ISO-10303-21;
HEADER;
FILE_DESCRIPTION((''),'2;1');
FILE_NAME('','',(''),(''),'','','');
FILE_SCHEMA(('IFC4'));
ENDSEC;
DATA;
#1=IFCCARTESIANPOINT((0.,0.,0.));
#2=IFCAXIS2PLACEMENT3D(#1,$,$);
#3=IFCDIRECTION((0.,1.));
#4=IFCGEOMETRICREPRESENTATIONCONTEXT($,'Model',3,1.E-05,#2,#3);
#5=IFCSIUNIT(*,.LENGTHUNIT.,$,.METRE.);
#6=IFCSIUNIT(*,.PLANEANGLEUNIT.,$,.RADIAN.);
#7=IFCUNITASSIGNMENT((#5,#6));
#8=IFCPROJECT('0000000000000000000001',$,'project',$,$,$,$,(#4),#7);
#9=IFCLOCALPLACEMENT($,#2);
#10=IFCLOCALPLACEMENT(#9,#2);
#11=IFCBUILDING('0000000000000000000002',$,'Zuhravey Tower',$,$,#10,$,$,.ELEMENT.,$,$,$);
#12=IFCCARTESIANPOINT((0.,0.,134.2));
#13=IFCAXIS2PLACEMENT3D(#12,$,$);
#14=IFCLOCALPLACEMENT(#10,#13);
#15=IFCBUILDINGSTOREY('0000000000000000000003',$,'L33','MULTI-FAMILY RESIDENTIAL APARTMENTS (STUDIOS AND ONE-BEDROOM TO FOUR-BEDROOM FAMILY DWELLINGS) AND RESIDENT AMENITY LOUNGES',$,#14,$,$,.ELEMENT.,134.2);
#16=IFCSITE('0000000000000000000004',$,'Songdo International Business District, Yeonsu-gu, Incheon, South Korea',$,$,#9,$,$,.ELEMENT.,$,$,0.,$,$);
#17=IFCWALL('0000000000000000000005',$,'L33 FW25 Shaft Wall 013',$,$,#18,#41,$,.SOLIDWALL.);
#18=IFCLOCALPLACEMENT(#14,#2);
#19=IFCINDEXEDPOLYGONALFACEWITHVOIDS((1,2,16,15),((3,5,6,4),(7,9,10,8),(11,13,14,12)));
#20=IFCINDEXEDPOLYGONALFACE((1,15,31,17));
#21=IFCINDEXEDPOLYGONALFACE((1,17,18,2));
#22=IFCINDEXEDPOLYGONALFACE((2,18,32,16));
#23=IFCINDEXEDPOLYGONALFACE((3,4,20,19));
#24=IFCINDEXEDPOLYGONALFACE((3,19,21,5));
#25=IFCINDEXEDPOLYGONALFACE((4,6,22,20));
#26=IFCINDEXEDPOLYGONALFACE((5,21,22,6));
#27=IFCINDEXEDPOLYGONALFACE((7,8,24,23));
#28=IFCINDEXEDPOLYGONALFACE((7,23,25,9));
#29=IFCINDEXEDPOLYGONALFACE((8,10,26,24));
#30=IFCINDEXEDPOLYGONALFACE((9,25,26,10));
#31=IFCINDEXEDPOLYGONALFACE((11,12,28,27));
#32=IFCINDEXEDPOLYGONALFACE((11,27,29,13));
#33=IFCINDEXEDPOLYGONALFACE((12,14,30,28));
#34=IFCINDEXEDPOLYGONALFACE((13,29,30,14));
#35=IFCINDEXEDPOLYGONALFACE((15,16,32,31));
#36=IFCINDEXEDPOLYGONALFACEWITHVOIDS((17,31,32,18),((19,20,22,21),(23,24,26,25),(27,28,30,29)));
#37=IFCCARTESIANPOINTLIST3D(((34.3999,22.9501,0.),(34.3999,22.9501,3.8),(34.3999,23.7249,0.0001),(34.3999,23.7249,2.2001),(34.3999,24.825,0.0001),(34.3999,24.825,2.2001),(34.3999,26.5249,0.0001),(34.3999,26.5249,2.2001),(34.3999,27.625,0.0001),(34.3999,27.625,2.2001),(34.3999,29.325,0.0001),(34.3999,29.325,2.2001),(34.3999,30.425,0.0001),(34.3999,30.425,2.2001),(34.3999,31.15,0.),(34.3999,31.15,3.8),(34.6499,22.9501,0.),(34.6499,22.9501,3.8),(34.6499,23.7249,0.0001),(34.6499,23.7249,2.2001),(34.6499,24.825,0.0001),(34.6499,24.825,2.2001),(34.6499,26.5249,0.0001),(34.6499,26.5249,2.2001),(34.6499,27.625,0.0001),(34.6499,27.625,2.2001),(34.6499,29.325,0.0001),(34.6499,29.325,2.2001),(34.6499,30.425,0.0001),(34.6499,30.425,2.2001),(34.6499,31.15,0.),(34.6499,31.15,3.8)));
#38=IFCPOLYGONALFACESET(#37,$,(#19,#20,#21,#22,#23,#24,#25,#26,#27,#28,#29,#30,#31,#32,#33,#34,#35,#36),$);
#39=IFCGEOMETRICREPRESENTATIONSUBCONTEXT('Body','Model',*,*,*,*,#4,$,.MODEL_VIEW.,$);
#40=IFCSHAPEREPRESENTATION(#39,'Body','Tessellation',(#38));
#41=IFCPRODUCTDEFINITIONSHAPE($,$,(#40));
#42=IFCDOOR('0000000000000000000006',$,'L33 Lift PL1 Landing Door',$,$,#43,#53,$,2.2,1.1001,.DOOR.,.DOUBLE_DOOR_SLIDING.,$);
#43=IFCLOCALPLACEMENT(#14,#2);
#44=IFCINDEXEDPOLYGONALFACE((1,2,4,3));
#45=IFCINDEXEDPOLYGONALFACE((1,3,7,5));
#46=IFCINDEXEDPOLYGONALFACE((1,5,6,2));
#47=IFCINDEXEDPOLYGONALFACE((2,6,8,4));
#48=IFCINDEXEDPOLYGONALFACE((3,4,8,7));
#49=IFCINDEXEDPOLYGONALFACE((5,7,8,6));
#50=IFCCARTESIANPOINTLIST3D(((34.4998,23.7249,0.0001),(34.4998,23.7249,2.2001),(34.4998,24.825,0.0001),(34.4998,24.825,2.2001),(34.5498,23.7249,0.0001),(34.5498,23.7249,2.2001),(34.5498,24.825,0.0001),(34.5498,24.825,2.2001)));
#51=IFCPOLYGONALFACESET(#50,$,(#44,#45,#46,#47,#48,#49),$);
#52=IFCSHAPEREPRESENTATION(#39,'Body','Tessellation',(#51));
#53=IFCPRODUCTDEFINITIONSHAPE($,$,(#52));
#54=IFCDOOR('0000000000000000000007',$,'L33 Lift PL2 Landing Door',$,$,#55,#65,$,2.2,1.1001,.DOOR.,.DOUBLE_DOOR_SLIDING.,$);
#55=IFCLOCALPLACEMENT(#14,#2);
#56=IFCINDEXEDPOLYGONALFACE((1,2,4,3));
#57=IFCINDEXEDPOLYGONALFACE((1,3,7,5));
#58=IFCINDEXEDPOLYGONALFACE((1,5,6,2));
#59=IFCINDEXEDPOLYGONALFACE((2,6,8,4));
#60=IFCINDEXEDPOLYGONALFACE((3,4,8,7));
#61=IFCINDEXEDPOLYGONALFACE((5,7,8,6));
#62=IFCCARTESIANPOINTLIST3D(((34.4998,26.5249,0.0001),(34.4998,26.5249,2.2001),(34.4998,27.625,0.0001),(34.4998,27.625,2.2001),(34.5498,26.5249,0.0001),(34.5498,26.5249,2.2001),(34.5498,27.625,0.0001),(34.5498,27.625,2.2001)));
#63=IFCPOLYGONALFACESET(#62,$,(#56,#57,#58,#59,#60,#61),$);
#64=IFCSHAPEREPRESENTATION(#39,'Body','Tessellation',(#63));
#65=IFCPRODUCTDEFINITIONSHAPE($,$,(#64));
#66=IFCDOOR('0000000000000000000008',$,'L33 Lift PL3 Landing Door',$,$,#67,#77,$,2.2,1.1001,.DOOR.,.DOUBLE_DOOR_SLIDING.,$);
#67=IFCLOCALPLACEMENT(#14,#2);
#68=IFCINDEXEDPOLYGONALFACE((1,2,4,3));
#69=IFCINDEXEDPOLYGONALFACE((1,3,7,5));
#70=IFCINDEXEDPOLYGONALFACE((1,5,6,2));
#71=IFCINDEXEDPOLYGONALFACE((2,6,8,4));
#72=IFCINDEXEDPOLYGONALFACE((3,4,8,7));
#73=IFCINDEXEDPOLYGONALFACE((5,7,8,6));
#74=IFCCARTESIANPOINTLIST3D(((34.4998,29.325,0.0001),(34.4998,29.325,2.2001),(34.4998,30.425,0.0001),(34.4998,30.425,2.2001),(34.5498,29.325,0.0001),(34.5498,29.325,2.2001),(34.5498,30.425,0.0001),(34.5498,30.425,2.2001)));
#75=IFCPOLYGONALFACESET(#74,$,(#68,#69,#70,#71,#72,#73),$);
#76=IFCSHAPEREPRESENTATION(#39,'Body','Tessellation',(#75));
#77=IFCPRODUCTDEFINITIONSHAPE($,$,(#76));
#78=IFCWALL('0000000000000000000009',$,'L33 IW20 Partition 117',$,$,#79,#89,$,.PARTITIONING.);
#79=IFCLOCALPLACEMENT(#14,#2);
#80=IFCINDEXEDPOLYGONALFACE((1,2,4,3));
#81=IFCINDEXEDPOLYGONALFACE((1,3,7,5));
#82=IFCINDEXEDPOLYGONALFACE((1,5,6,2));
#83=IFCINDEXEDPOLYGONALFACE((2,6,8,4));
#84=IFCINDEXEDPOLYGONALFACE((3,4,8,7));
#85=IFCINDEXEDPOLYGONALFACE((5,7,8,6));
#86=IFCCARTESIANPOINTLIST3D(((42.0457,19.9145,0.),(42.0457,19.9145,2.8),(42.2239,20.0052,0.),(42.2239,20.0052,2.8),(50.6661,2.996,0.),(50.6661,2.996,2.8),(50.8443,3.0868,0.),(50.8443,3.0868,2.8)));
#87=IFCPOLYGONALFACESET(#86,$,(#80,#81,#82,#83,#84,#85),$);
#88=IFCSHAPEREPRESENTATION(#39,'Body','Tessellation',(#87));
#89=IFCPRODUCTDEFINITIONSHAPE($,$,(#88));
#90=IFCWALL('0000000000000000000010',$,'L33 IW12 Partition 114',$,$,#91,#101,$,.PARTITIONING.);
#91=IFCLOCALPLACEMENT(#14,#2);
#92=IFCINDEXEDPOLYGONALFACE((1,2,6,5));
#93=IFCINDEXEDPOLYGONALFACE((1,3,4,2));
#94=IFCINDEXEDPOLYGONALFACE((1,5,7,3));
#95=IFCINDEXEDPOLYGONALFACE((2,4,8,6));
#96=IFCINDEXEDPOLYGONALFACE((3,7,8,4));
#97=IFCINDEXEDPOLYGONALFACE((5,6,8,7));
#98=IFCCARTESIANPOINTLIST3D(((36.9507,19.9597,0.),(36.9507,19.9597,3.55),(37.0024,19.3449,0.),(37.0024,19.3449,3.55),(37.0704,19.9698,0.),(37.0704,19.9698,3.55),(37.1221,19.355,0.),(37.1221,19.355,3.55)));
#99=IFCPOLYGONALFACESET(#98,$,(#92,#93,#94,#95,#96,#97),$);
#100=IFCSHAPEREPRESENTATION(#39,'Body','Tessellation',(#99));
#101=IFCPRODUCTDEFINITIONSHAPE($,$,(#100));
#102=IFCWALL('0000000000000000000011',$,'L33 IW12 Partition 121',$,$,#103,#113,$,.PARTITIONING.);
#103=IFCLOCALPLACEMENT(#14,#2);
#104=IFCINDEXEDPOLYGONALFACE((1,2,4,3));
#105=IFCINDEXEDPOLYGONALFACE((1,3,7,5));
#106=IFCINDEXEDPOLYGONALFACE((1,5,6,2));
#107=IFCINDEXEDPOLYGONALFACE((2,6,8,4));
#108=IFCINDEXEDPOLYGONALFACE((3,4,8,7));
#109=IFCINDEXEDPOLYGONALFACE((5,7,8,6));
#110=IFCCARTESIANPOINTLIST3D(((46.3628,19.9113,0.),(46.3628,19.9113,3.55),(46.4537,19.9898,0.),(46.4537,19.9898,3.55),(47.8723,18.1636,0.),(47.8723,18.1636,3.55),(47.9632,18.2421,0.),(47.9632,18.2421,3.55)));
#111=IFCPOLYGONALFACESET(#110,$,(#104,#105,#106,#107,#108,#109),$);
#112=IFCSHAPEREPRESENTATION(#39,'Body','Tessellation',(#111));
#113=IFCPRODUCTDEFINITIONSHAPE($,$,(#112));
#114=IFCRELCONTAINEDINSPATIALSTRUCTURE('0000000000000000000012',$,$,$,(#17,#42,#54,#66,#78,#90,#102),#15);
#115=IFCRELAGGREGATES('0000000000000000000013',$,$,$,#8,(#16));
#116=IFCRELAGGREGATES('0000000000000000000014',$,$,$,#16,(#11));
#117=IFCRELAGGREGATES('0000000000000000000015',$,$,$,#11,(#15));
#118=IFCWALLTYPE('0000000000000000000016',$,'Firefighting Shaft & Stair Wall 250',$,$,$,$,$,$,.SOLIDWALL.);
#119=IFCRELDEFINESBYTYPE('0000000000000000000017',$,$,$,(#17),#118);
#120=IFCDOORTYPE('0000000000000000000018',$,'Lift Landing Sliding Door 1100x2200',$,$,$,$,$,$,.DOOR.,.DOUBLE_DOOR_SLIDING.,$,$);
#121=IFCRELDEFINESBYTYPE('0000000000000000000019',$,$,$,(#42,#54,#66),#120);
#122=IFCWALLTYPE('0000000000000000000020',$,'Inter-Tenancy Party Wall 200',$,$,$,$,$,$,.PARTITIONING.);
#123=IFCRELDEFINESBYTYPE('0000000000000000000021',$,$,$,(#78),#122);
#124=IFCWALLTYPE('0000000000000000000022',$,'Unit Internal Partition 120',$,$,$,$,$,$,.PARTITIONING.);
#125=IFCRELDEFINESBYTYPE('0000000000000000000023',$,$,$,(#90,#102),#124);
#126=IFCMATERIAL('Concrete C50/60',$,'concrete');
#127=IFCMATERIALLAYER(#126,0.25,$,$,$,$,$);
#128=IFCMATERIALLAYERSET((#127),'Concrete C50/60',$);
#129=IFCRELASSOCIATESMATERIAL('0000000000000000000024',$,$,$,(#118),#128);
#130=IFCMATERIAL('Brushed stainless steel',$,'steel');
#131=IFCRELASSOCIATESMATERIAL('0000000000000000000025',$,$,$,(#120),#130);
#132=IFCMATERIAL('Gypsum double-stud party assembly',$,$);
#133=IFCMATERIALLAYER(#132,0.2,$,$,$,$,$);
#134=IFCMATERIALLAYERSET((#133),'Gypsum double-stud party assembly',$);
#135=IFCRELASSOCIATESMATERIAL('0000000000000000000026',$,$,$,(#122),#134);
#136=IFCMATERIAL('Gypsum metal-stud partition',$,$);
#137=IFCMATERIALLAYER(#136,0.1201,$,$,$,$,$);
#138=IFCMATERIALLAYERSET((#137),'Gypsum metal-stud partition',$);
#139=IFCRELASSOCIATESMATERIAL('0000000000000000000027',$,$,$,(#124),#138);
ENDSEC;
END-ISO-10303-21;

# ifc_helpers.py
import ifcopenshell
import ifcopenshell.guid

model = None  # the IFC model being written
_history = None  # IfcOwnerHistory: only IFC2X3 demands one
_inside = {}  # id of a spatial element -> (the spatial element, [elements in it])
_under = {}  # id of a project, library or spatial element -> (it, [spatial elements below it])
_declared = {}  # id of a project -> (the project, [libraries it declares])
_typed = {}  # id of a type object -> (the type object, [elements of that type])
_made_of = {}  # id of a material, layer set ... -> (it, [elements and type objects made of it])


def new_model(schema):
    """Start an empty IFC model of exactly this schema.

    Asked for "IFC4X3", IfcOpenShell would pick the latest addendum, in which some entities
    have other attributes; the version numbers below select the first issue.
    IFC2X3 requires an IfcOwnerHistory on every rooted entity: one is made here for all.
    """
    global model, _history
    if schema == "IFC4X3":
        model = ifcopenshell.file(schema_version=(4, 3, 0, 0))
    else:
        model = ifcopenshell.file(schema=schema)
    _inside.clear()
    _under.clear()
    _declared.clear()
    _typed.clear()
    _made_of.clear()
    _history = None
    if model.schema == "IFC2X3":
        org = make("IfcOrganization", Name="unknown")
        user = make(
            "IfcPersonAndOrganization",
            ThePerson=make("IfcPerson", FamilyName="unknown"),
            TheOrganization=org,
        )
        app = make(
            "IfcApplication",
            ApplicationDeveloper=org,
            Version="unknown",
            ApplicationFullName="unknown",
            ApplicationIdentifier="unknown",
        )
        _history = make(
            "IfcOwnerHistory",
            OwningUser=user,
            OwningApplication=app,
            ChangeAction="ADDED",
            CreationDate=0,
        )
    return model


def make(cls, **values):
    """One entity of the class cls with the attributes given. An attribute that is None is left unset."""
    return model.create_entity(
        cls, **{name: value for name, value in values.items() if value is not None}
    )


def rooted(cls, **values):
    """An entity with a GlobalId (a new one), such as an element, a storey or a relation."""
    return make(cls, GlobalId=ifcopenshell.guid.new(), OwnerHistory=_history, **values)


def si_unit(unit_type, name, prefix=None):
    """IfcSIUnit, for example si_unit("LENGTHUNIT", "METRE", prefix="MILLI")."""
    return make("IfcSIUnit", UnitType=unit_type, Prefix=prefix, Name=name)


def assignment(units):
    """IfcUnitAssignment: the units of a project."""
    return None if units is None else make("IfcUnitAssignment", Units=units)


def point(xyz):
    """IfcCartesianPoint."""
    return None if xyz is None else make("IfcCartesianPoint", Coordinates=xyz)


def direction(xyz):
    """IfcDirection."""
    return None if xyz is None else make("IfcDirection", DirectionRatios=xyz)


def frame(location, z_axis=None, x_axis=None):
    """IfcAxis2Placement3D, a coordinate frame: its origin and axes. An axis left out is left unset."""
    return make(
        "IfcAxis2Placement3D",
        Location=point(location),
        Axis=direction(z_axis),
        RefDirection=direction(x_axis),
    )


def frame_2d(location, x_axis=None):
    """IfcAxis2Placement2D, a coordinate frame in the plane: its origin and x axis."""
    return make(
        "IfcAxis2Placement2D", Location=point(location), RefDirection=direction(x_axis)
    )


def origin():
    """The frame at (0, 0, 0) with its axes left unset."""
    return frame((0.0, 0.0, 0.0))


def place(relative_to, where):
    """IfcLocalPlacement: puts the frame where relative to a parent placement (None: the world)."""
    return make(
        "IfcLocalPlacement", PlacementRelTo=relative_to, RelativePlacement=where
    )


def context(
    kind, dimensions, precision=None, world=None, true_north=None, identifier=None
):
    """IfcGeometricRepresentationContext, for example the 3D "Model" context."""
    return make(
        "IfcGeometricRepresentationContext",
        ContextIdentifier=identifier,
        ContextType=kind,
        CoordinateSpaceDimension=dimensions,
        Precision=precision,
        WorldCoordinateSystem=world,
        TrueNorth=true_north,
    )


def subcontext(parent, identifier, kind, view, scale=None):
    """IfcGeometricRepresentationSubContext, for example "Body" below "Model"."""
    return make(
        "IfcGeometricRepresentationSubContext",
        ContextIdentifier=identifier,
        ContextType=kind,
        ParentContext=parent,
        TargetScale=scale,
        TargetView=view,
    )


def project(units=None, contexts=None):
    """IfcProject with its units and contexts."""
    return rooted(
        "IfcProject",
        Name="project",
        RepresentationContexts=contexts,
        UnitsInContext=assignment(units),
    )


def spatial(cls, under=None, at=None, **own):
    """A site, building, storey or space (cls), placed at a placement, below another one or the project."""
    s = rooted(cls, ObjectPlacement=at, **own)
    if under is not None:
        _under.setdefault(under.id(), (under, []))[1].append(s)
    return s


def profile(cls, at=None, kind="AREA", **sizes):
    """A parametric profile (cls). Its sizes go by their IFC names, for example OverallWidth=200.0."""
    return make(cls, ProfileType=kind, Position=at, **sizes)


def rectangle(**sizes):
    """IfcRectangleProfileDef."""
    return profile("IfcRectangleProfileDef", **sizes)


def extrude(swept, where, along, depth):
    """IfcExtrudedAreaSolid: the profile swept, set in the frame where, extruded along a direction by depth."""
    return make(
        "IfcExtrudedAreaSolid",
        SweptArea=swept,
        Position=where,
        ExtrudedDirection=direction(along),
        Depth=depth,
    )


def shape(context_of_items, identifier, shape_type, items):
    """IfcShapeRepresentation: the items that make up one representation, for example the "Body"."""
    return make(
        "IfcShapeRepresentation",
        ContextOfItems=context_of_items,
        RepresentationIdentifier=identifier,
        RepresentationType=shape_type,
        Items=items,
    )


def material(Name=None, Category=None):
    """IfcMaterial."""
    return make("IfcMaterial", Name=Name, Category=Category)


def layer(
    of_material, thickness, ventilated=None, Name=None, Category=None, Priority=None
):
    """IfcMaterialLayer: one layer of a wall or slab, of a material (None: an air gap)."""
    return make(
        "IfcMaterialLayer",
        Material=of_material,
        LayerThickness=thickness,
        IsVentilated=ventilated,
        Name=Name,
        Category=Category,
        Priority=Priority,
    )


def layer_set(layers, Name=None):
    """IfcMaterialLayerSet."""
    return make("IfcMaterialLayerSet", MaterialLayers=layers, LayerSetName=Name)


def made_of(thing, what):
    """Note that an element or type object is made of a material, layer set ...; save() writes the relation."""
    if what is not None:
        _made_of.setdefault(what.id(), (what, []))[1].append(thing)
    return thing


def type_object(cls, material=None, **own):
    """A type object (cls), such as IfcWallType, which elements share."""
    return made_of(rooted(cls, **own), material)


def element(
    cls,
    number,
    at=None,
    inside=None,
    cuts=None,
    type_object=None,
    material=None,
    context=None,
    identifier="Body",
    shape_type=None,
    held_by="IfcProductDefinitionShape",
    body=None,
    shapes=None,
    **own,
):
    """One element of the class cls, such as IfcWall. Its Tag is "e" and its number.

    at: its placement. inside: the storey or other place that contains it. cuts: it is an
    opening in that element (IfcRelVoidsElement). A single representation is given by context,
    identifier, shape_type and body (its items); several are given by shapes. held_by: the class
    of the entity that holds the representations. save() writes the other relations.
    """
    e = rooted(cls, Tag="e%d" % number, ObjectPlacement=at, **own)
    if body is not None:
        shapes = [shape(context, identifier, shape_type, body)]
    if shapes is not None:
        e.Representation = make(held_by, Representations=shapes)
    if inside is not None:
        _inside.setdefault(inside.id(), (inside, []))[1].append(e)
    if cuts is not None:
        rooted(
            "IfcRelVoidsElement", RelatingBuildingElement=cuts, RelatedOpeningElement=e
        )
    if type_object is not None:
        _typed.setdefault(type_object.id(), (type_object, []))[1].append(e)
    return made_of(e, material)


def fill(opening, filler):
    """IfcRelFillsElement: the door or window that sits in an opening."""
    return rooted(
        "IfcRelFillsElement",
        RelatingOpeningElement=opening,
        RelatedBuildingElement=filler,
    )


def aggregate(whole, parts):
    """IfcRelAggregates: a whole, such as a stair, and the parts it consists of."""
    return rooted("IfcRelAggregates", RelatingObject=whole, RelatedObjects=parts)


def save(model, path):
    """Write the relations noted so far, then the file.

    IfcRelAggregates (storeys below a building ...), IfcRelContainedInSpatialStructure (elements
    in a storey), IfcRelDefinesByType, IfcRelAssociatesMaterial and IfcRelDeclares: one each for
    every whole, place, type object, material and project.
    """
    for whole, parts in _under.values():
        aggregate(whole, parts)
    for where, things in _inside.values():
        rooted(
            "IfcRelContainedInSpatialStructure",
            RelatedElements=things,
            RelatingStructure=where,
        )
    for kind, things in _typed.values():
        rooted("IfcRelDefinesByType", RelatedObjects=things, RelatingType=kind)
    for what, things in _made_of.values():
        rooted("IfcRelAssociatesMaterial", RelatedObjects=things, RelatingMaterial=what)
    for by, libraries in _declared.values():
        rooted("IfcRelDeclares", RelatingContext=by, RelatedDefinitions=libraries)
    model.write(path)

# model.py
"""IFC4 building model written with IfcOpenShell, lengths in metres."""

from ifc_helpers import new_model, si_unit, direction, frame, frame_2d, origin, place, context, subcontext, project, spatial, rectangle, extrude, material, layer, layer_set, type_object, element, fill, save


model = new_model("IFC4")

# Units and contexts
model_context = context("Model", 3, precision=1e-05, world=origin(), true_north=direction((0.0, 1.0)))
body_context = subcontext(model_context, "Body", "Model", "MODEL_VIEW")
ifc_project = project(units=[si_unit("LENGTHUNIT", "METRE"), si_unit("PLANEANGLEUNIT", "RADIAN")], contexts=[model_context])

# Site, building, storey
site_placement = place(None, origin())
site = spatial("IfcSite", under=ifc_project, at=site_placement, Name="Songdo International Business District, Yeonsu-gu, Incheon, South Korea", CompositionType="ELEMENT", RefElevation=0.0)
building_placement = place(site_placement, origin())
building = spatial("IfcBuilding", under=site, at=building_placement, Name="Zuhravey Tower", CompositionType="ELEMENT")
storey_placement = place(building_placement, frame((0.0, 0.0, 134.2)))
storey = spatial("IfcBuildingStorey", under=building, at=storey_placement, Name="L33", Description="MULTI-FAMILY RESIDENTIAL APARTMENTS (STUDIOS AND ONE-BEDROOM TO FOUR-BEDROOM FAMILY DWELLINGS) AND RESIDENT AMENITY LOUNGES", CompositionType="ELEMENT", Elevation=134.2)

# Shared definitions
ifc_material_1 = material(Name="Concrete C50/60", Category="concrete")
ifc_layer_1 = layer(ifc_material_1, 0.25)
ifc_layer_set_1 = layer_set([ifc_layer_1], Name="Concrete C50/60")
wall_type_1 = type_object("IfcWallType", Name="Firefighting Shaft & Stair Wall 250", PredefinedType="SOLIDWALL", material=ifc_layer_set_1)

# Wall, openings, doors
wall_1_placement = place(storey_placement, frame((34.5249, 22.95, 0.0), z_axis=(0.0, 0.0, 1.0), x_axis=(0.0, 1.0, 0.0)))
wall_1 = element("IfcWall", 1, at=wall_1_placement, inside=storey, type_object=wall_type_1, Name="L33 FW25 Shaft Wall 013", PredefinedType="SOLIDWALL", context=body_context, shape_type="SweptSolid", body=[
    extrude(rectangle(XDim=8.2, YDim=0.25, at=frame_2d((4.1001, 0.0))), origin(), (0.0, 0.0, 1.0), 3.8),
])
opening_1_placement = place(wall_1_placement, frame((0.7749, 0.0, 0.0)))
opening_1 = element("IfcOpeningElement", 2, at=opening_1_placement, cuts=wall_1, PredefinedType="OPENING", context=body_context, shape_type="SweptSolid", body=[
    extrude(rectangle(XDim=1.1001, YDim=2.2, at=frame_2d((0.55, 1.1001))), frame((0.0, 0.137, 0.0), z_axis=(0.0, -1.0, 0.0), x_axis=(1.0, 0.0, 0.0)), (0.0, 0.0, 1.0), 0.2739),
])
opening_2_placement = place(wall_1_placement, frame((3.575, 0.0, 0.0)))
opening_2 = element("IfcOpeningElement", 3, at=opening_2_placement, cuts=wall_1, PredefinedType="OPENING", context=body_context, shape_type="SweptSolid", body=[
    extrude(rectangle(XDim=1.1001, YDim=2.2, at=frame_2d((0.55, 1.1001))), frame((0.0, 0.137, 0.0), z_axis=(0.0, -1.0, 0.0), x_axis=(1.0, 0.0, 0.0)), (0.0, 0.0, 1.0), 0.2739),
])
opening_3_placement = place(wall_1_placement, frame((6.375, 0.0, 0.0)))
opening_3 = element("IfcOpeningElement", 4, at=opening_3_placement, cuts=wall_1, PredefinedType="OPENING", context=body_context, shape_type="SweptSolid", body=[
    extrude(rectangle(XDim=1.1001, YDim=2.2, at=frame_2d((0.55, 1.1001))), frame((0.0, 0.137, 0.0), z_axis=(0.0, -1.0, 0.0), x_axis=(1.0, 0.0, 0.0)), (0.0, 0.0, 1.0), 0.2739),
])
ifc_material_2 = material(Name="Brushed stainless steel", Category="steel")
door_type_1 = type_object("IfcDoorType", Name="Lift Landing Sliding Door 1100x2200", OperationType="DOUBLE_DOOR_SLIDING", PredefinedType="DOOR", material=ifc_material_2)
door_1_placement = place(opening_1_placement, frame((1.1001, 0.0, 0.0), z_axis=(0.0, 0.0, 1.0), x_axis=(-1.0, 0.0, 0.0)))
door_1 = element("IfcDoor", 5, at=door_1_placement, inside=storey, type_object=door_type_1, Name="L33 Lift PL1 Landing Door", OperationType="DOUBLE_DOOR_SLIDING", OverallHeight=2.2, OverallWidth=1.1001, PredefinedType="DOOR", context=body_context, shape_type="SweptSolid", body=[
    extrude(rectangle(XDim=1.1001, YDim=2.2, at=frame_2d((0.55, 1.1001))), frame((0.0, 0.0249, 0.0), z_axis=(0.0, -1.0, 0.0), x_axis=(1.0, 0.0, 0.0)), (0.0, 0.0, 1.0), 0.05),
])
fill(opening_1, door_1)
door_2_placement = place(opening_2_placement, frame((1.1001, 0.0, 0.0), z_axis=(0.0, 0.0, 1.0), x_axis=(-1.0, 0.0, 0.0)))
door_2 = element("IfcDoor", 6, at=door_2_placement, inside=storey, type_object=door_type_1, Name="L33 Lift PL2 Landing Door", OperationType="DOUBLE_DOOR_SLIDING", OverallHeight=2.2, OverallWidth=1.1001, PredefinedType="DOOR", context=body_context, shape_type="SweptSolid", body=[
    extrude(rectangle(XDim=1.1001, YDim=2.2, at=frame_2d((0.55, 1.1001))), frame((0.0, 0.0249, 0.0), z_axis=(0.0, -1.0, 0.0), x_axis=(1.0, 0.0, 0.0)), (0.0, 0.0, 1.0), 0.05),
])
fill(opening_2, door_2)
door_3_placement = place(opening_3_placement, frame((1.1001, 0.0, 0.0), z_axis=(0.0, 0.0, 1.0), x_axis=(-1.0, 0.0, 0.0)))
door_3 = element("IfcDoor", 7, at=door_3_placement, inside=storey, type_object=door_type_1, Name="L33 Lift PL3 Landing Door", OperationType="DOUBLE_DOOR_SLIDING", OverallHeight=2.2, OverallWidth=1.1001, PredefinedType="DOOR", context=body_context, shape_type="SweptSolid", body=[
    extrude(rectangle(XDim=1.1001, YDim=2.2, at=frame_2d((0.55, 1.1001))), frame((0.0, 0.0249, 0.0), z_axis=(0.0, -1.0, 0.0), x_axis=(1.0, 0.0, 0.0)), (0.0, 0.0, 1.0), 0.05),
])
fill(opening_3, door_3)

# Walls
ifc_material_3 = material(Name="Gypsum double-stud party assembly")
ifc_layer_2 = layer(ifc_material_3, 0.2)
ifc_layer_set_2 = layer_set([ifc_layer_2], Name="Gypsum double-stud party assembly")
wall_type_2 = type_object("IfcWallType", Name="Inter-Tenancy Party Wall 200", PredefinedType="PARTITIONING", material=ifc_layer_set_2)
wall_2_placement = place(storey_placement, frame((42.1348, 19.96, 0.0), z_axis=(0.0, 0.0, 1.0), x_axis=(0.45399, -0.891007, 0.0)))
element("IfcWall", 8, at=wall_2_placement, inside=storey, type_object=wall_type_2, Name="L33 IW20 Partition 117", PredefinedType="PARTITIONING", context=body_context, shape_type="SweptSolid", body=[
    extrude(rectangle(XDim=18.988, YDim=0.2, at=frame_2d((9.4941, 0.0))), origin(), (0.0, 0.0, 1.0), 2.8),
])
ifc_material_4 = material(Name="Gypsum metal-stud partition")
ifc_layer_3 = layer(ifc_material_4, 0.1201)
ifc_layer_set_3 = layer_set([ifc_layer_3], Name="Gypsum metal-stud partition")
wall_type_3 = type_object("IfcWallType", Name="Unit Internal Partition 120", PredefinedType="PARTITIONING", material=ifc_layer_set_3)
wall_3_placement = place(storey_placement, frame((37.0105, 19.9648, 0.0), z_axis=(0.0, 0.0, 1.0), x_axis=(0.083897, -0.996474, 0.0)))
element("IfcWall", 9, at=wall_3_placement, inside=storey, type_object=wall_type_3, Name="L33 IW12 Partition 114", PredefinedType="PARTITIONING", context=body_context, shape_type="SweptSolid", body=[
    extrude(rectangle(XDim=0.6169, YDim=0.1201, at=frame_2d((0.3086, 0.0))), origin(), (0.0, 0.0, 1.0), 3.55),
])
wall_4_placement = place(storey_placement, frame((46.4082, 19.9507, 0.0), z_axis=(0.0, 0.0, 1.0), x_axis=(0.653634, -0.756811, 0.0)))
element("IfcWall", 10, at=wall_4_placement, inside=storey, type_object=wall_type_3, Name="L33 IW12 Partition 121", PredefinedType="PARTITIONING", context=body_context, shape_type="SweptSolid", body=[
    extrude(rectangle(XDim=2.3093, YDim=0.1201, at=frame_2d((1.1548, 0.0))), origin(), (0.0, 0.0, 1.0), 3.55),
])

save(model, "model.ifc")
